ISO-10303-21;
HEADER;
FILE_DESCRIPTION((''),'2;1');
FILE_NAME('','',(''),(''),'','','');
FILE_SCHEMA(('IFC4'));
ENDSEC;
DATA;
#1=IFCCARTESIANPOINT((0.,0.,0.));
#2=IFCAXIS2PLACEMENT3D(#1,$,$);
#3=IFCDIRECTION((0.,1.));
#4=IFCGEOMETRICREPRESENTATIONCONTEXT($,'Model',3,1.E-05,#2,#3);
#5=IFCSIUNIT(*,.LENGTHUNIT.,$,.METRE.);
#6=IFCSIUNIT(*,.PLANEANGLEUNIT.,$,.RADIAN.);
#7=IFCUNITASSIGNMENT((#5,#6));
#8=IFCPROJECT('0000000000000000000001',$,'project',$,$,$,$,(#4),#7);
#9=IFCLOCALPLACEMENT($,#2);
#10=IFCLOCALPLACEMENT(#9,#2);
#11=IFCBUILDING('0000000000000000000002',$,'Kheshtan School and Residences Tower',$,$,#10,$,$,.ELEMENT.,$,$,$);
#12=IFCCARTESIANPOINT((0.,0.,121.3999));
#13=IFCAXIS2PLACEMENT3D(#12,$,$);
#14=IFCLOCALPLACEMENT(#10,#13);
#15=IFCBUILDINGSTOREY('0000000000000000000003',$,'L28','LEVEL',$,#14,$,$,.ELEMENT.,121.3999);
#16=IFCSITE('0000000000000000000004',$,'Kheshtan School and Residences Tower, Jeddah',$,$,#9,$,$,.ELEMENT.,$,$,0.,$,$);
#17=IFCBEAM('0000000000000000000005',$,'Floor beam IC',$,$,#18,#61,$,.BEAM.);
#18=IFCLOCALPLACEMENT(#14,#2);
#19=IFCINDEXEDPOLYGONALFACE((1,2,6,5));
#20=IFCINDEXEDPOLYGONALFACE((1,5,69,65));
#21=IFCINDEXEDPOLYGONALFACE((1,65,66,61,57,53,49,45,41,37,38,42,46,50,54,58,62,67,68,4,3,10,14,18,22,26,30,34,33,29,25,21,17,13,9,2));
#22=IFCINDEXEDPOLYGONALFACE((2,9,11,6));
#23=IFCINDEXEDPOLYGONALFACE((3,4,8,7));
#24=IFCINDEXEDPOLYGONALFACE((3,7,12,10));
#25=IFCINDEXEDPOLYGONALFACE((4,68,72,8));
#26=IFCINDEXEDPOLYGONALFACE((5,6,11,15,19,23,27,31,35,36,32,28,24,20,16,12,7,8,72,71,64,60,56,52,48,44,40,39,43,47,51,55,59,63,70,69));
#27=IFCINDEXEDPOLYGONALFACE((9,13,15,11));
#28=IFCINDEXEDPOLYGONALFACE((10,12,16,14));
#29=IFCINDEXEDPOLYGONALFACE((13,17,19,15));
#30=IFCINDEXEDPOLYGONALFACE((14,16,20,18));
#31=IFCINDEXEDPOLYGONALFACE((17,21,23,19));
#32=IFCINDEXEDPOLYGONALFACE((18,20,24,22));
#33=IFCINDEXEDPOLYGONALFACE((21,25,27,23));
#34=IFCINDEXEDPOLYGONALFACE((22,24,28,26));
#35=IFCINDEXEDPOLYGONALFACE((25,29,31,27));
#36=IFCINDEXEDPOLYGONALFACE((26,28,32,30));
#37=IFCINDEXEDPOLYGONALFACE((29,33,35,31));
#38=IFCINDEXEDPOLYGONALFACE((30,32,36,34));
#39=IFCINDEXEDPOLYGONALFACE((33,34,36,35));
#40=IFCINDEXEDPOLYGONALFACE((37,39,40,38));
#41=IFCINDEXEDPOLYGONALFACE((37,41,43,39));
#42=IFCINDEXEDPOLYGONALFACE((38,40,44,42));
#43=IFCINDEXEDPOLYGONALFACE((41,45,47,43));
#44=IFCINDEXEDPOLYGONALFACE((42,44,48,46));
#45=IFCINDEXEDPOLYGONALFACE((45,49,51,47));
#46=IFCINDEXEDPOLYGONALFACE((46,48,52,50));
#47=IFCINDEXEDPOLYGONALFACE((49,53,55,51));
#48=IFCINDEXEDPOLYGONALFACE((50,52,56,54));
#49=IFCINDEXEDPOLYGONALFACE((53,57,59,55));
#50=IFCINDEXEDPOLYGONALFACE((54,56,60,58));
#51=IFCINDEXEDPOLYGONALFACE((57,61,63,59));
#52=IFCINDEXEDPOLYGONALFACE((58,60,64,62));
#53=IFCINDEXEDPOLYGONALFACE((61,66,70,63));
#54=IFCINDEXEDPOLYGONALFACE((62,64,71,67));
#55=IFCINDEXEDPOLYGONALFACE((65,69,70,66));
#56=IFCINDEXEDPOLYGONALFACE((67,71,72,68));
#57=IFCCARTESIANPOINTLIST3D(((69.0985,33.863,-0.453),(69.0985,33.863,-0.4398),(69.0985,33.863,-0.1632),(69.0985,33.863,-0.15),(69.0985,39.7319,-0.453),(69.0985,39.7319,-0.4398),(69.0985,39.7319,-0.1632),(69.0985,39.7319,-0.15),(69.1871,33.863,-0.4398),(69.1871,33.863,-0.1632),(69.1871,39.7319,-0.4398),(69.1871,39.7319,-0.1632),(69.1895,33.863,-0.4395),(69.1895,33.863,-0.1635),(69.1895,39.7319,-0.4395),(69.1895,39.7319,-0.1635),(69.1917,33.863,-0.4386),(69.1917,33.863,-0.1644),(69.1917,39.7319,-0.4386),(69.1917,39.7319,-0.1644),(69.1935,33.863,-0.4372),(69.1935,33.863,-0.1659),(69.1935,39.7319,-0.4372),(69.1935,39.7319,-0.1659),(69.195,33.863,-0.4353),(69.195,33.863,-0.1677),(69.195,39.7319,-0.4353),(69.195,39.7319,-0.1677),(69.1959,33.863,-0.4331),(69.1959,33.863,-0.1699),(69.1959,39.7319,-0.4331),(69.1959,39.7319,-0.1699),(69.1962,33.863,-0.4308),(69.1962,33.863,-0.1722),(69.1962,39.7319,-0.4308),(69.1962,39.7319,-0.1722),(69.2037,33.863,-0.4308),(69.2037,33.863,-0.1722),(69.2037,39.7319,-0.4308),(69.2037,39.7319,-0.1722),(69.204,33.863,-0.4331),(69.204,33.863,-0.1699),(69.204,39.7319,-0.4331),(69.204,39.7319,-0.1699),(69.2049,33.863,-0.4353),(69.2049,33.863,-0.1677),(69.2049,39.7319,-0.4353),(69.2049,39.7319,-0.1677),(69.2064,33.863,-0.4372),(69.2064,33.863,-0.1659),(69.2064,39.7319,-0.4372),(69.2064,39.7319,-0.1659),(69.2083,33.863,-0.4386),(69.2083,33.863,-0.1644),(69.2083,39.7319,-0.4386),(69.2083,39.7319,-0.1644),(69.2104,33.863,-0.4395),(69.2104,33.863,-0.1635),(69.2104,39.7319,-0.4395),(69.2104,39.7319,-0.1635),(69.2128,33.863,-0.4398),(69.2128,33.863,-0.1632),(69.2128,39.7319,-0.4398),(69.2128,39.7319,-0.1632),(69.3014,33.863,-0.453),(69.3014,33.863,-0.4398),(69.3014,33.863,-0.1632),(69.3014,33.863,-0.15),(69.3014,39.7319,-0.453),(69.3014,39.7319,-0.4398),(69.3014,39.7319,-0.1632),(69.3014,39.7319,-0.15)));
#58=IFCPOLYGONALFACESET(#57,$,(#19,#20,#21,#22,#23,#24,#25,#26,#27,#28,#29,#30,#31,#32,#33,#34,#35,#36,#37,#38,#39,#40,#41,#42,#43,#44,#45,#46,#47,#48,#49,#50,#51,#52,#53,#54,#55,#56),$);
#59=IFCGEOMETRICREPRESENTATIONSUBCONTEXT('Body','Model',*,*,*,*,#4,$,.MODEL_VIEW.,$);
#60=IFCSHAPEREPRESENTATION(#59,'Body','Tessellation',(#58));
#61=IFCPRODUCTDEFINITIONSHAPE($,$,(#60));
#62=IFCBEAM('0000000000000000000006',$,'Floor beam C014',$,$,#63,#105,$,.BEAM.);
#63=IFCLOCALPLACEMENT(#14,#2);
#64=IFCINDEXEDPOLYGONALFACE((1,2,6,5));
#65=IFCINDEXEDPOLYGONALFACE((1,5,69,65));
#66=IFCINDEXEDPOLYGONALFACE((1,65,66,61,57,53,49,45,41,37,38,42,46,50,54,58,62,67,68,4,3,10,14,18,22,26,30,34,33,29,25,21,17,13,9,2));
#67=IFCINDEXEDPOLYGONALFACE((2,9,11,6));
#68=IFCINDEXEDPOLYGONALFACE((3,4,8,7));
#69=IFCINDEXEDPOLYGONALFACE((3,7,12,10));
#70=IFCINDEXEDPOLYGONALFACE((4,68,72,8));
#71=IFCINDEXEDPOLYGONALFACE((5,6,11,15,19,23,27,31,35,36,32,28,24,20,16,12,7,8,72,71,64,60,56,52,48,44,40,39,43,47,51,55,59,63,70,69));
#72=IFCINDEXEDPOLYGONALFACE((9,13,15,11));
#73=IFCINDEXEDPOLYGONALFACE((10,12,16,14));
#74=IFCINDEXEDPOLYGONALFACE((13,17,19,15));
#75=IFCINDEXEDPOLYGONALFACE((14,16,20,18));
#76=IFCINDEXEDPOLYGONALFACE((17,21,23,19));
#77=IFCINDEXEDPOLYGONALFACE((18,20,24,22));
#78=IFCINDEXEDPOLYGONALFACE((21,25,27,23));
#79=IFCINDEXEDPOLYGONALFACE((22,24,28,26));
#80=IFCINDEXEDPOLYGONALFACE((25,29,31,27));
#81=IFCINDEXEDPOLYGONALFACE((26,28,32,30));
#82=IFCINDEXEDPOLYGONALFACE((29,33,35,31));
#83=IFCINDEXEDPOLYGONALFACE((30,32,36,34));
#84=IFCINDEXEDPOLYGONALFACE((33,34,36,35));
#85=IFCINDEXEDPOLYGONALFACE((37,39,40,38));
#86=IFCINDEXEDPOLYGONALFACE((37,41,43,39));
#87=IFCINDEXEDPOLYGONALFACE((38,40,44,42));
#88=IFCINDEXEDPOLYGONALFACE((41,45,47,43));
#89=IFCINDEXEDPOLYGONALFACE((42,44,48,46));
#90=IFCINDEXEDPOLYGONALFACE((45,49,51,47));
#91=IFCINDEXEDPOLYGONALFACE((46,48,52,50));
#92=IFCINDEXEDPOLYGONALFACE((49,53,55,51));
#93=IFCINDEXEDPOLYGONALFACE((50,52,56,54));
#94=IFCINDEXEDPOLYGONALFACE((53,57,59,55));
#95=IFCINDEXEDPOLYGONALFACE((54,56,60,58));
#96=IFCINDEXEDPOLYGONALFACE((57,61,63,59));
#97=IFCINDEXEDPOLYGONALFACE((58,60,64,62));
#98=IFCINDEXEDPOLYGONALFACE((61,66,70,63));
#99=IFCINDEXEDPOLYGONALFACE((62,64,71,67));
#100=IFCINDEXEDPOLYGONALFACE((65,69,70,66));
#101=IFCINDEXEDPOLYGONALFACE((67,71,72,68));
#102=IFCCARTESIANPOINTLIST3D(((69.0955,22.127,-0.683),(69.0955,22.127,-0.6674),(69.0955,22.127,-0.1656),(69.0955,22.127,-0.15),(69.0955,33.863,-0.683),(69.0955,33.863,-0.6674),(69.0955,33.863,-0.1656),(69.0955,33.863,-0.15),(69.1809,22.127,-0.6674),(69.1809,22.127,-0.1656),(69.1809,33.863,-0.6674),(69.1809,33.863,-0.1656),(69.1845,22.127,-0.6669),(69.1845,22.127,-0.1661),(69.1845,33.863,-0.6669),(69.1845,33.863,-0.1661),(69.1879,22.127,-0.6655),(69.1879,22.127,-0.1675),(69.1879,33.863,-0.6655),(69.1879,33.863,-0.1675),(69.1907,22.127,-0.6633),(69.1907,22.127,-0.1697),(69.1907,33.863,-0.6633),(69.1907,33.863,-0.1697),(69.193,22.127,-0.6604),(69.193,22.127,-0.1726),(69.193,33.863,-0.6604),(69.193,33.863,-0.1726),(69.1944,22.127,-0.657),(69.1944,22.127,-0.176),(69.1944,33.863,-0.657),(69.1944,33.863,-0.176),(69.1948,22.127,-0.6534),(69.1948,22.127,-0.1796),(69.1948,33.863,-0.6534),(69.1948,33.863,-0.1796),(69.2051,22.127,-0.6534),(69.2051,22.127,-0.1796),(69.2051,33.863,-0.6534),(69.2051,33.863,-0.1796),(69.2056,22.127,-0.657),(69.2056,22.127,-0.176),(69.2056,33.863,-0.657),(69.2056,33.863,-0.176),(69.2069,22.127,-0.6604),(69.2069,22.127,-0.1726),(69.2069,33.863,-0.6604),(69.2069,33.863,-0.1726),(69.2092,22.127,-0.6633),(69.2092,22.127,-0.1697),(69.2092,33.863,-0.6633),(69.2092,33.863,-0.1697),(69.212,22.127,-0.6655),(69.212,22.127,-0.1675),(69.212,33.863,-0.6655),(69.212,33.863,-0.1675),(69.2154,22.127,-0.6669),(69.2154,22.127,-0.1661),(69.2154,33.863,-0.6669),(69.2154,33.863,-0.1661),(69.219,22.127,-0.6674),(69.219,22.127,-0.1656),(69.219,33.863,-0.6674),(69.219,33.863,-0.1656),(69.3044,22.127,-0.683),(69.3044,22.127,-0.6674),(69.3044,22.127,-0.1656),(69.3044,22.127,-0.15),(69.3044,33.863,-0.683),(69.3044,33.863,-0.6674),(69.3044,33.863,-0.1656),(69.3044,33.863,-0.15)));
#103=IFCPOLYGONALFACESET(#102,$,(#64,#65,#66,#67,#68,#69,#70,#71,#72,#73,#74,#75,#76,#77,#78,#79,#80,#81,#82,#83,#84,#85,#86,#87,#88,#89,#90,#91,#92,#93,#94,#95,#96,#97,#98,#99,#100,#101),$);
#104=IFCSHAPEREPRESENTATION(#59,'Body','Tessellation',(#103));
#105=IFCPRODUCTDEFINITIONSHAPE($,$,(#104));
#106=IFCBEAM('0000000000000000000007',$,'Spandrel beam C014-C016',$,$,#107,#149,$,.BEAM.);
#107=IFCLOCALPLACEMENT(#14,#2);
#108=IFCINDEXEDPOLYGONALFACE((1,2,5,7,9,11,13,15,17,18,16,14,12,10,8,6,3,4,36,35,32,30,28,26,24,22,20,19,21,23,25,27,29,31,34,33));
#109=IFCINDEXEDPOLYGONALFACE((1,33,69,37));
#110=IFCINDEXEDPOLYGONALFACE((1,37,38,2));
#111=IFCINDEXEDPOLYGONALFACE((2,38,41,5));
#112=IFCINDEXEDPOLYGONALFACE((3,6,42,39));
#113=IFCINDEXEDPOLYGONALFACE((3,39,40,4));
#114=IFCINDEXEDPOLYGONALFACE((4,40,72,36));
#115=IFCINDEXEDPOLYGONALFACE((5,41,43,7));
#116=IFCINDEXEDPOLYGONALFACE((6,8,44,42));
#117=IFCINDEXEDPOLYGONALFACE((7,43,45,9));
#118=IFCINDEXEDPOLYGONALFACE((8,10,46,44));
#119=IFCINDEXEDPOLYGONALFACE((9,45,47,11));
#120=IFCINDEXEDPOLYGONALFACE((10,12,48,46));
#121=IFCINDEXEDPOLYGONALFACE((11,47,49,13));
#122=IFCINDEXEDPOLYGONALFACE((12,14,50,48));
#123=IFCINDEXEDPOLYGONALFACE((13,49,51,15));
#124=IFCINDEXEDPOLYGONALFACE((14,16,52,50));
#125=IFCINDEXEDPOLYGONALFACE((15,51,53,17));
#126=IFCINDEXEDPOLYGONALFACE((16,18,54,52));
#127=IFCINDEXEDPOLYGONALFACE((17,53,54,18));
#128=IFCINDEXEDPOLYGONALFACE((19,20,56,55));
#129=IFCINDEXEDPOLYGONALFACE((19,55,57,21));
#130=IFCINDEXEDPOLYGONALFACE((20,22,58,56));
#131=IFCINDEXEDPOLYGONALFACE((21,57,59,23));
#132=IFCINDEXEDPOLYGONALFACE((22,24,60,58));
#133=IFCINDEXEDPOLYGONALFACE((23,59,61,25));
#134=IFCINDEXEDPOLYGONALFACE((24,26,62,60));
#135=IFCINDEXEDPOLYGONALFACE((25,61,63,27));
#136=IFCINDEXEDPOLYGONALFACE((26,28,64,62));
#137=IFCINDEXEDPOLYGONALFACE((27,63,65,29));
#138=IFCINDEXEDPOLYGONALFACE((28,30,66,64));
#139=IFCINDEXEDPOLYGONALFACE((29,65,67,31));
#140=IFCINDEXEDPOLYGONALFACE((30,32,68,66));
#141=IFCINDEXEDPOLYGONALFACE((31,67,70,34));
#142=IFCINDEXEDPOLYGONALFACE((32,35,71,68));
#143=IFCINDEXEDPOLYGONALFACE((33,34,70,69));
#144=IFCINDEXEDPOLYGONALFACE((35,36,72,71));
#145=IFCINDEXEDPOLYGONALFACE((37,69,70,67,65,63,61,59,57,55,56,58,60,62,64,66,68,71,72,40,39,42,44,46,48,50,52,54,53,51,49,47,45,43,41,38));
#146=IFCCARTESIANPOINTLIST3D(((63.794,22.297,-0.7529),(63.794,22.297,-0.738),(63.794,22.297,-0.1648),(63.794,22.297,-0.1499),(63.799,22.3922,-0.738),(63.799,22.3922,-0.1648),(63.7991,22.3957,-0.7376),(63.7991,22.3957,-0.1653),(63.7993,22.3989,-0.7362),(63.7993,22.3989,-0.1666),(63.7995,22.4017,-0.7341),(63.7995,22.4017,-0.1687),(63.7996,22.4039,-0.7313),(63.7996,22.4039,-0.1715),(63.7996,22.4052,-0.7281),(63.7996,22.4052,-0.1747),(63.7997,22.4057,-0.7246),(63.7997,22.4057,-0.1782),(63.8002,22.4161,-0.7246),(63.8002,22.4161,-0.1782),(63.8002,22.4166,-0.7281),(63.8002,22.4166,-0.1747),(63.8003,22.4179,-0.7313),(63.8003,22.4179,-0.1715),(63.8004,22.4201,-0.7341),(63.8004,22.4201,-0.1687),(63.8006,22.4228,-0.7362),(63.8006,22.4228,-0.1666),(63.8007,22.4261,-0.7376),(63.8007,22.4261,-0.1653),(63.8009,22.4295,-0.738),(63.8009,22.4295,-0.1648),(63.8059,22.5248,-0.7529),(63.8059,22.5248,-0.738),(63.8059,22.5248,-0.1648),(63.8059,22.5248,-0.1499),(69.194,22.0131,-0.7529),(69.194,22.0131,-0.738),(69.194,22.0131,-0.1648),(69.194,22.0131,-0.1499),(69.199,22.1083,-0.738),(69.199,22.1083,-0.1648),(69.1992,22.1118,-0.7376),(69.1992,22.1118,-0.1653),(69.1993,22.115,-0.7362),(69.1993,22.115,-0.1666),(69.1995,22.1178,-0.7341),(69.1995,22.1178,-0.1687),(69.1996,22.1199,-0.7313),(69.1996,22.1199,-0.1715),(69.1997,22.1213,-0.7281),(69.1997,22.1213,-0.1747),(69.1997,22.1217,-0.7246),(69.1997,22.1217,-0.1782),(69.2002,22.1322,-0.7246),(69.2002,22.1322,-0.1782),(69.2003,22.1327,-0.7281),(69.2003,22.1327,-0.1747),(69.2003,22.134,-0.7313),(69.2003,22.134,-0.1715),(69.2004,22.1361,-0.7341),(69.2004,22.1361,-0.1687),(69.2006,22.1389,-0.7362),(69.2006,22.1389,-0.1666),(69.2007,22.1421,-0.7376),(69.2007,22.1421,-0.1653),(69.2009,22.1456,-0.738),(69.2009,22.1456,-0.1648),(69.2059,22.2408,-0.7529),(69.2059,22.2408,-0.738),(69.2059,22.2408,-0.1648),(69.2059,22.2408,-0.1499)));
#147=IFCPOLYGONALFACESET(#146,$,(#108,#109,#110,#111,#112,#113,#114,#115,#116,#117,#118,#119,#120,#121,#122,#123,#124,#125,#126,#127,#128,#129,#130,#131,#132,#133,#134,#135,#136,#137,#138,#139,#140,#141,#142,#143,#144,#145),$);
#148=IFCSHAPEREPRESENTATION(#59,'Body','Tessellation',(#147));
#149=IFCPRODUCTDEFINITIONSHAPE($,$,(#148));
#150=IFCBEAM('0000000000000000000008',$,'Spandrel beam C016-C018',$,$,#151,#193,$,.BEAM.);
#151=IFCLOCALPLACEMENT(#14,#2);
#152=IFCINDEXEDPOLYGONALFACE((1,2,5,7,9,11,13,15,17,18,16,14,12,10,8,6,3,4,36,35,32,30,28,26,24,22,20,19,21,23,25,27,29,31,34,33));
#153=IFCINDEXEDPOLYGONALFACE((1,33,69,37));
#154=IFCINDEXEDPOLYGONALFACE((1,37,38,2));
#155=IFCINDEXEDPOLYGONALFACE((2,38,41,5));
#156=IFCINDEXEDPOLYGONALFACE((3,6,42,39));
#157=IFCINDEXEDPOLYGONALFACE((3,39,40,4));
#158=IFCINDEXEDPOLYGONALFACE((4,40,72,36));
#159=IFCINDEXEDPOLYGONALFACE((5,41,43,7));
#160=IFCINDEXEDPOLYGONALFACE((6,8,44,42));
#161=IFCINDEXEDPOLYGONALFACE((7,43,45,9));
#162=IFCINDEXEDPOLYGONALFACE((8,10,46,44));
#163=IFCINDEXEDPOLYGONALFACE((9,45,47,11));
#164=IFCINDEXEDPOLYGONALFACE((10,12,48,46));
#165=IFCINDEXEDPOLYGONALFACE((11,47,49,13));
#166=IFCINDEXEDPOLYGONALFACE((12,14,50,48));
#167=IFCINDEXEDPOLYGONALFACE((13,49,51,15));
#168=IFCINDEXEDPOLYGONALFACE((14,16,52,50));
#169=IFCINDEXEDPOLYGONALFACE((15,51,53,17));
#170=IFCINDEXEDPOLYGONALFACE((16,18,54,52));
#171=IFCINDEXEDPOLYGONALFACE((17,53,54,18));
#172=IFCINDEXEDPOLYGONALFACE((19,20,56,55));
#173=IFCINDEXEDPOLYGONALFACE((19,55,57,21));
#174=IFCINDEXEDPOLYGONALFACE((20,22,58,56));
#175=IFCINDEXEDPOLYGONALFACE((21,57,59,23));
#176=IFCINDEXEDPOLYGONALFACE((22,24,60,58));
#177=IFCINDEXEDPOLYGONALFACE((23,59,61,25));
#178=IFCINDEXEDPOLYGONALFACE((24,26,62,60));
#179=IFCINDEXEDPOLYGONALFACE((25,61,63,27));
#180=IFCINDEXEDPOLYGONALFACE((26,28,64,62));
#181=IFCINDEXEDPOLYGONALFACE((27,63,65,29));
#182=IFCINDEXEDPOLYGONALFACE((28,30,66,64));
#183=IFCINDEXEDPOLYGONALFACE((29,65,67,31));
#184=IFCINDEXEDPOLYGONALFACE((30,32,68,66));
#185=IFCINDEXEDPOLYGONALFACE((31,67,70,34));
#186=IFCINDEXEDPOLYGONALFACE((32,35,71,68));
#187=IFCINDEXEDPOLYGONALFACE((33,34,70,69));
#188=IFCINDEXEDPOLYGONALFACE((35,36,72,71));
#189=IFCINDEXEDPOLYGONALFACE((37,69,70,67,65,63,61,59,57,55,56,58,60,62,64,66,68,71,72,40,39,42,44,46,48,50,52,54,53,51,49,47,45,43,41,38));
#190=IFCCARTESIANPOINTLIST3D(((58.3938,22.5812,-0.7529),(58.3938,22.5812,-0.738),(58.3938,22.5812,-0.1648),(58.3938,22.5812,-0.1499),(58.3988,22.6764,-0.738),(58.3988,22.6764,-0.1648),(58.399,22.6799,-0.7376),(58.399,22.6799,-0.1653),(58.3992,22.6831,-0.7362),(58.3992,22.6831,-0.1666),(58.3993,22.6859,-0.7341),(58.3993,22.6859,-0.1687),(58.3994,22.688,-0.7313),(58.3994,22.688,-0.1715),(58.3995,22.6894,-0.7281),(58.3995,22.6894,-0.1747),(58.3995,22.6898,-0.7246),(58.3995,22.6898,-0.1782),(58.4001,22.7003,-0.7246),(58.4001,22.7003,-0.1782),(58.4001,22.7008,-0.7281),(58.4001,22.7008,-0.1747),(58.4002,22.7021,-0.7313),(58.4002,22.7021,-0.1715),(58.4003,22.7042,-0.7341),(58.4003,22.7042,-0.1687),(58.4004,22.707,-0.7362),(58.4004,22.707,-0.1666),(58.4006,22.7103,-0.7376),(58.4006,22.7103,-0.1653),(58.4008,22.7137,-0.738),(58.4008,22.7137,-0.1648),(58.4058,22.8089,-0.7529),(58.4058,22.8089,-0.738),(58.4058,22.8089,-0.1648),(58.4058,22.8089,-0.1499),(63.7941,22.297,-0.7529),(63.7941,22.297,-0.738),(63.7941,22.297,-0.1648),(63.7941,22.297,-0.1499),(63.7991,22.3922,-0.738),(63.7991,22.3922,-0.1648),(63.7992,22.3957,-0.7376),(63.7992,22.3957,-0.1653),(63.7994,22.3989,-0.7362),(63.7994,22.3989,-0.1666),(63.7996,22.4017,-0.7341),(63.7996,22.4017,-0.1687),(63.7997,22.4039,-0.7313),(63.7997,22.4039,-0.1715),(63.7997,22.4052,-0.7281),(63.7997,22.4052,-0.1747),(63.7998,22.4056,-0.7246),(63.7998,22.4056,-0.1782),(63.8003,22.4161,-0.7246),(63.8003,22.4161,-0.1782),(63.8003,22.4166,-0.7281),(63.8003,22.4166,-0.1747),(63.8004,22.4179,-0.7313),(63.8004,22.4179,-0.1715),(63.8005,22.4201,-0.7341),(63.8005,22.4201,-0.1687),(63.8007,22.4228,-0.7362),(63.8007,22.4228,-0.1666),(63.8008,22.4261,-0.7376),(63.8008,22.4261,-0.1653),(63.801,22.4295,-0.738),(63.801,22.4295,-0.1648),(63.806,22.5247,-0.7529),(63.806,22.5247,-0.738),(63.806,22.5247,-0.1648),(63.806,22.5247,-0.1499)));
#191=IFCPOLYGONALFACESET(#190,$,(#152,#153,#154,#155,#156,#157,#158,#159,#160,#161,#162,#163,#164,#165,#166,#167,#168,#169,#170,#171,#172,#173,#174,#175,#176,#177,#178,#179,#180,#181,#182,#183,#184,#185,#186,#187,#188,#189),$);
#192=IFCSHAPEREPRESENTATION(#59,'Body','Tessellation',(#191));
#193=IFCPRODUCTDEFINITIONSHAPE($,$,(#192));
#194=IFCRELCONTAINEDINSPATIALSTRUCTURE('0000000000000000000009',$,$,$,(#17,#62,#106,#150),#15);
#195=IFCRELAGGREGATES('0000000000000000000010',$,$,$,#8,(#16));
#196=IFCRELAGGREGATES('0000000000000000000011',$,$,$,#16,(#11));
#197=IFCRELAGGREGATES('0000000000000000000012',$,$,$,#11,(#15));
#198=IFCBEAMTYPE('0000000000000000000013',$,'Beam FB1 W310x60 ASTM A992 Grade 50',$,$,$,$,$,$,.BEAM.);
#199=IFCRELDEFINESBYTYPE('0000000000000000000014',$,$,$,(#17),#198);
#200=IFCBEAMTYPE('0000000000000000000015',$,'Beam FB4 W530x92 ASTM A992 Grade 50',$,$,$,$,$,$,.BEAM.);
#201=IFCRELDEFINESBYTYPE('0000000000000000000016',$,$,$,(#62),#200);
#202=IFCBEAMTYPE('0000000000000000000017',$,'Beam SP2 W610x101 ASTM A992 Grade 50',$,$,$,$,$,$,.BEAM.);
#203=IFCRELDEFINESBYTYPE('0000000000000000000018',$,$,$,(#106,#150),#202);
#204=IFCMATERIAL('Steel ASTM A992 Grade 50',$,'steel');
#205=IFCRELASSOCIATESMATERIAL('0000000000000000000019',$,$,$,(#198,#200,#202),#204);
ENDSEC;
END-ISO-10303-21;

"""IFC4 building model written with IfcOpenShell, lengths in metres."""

from ifc_helpers import new_model, si_unit, direction, frame, origin, origin_2d, place, context, subcontext, project, spatial, i_section, extrude, material, material_profile, profile_set, type_object, element, save


model = new_model("IFC4")

# Units and contexts
model_context = context("Model", 3, precision=1e-05, world=origin(), true_north=direction((0.0, 1.0)))
body_context = subcontext(model_context, "Body", "Model", "MODEL_VIEW")
ifc_project = project(units=[si_unit("LENGTHUNIT", "METRE"), si_unit("PLANEANGLEUNIT", "RADIAN")], contexts=[model_context])

# Site, building, storey
site_placement = place(None, origin())
site = spatial("IfcSite", under=ifc_project, at=site_placement, Name="Kheshtan School and Residences Tower, Jeddah", CompositionType="ELEMENT", RefElevation=0.0)
building_placement = place(site_placement, origin())
building = spatial("IfcBuilding", under=site, at=building_placement, Name="Kheshtan School and Residences Tower", CompositionType="ELEMENT")
storey_placement = place(building_placement, frame((0.0, 0.0, 121.3999)))
storey = spatial("IfcBuildingStorey", under=building, at=storey_placement, Name="L28", Description="LEVEL", CompositionType="ELEMENT", Elevation=121.3999)

# Shared definitions
ifc_material_1 = material(Name="Steel ASTM A992 Grade 50", Category="steel")

# Beams
ifc_material_profile_1 = material_profile(ifc_material_1, i_section(OverallWidth=0.2029, OverallDepth=0.303, WebThickness=0.0076, FlangeThickness=0.0132, FilletRadius=0.009, at=origin_2d()), Name="W310x60")
ifc_profile_set_1 = profile_set([ifc_material_profile_1], Name="Steel ASTM A992 Grade 50")
beam_type_1 = type_object("IfcBeamType", Name="Beam FB1 W310x60 ASTM A992 Grade 50", PredefinedType="BEAM", material=ifc_profile_set_1)
beam_1_placement = place(storey_placement, frame((69.2, 33.863, -0.3015), z_axis=(0.0, 1.0, 0.0), x_axis=(-1.0, 0.0, 0.0)))
element("IfcBeam", 1, at=beam_1_placement, inside=storey, type_object=beam_type_1, Name="Floor beam IC", PredefinedType="BEAM", context=body_context, shape_type="SweptSolid", body=[
    extrude(i_section(OverallWidth=0.2029, OverallDepth=0.303, WebThickness=0.0076, FlangeThickness=0.0132, FilletRadius=0.009, at=origin_2d()), origin(), (0.0, 0.0, 1.0), 5.8689),
])
ifc_material_profile_2 = material_profile(ifc_material_1, i_section(OverallWidth=0.209, OverallDepth=0.533, WebThickness=0.0103, FlangeThickness=0.0156, FilletRadius=0.0139, at=origin_2d()), Name="W530x92")
ifc_profile_set_2 = profile_set([ifc_material_profile_2], Name="Steel ASTM A992 Grade 50")
beam_type_2 = type_object("IfcBeamType", Name="Beam FB4 W530x92 ASTM A992 Grade 50", PredefinedType="BEAM", material=ifc_profile_set_2)
beam_2_placement = place(storey_placement, frame((69.2, 22.127, -0.4165), z_axis=(0.0, 1.0, 0.0), x_axis=(-1.0, 0.0, 0.0)))
element("IfcBeam", 2, at=beam_2_placement, inside=storey, type_object=beam_type_2, Name="Floor beam C014", PredefinedType="BEAM", context=body_context, shape_type="SweptSolid", body=[
    extrude(i_section(OverallWidth=0.209, OverallDepth=0.533, WebThickness=0.0103, FlangeThickness=0.0156, FilletRadius=0.0139, at=origin_2d()), origin(), (0.0, 0.0, 1.0), 11.7361),
])
ifc_material_profile_3 = material_profile(ifc_material_1, i_section(OverallWidth=0.228, OverallDepth=0.603, WebThickness=0.0105, FlangeThickness=0.0149, FilletRadius=0.0134, at=origin_2d()), Name="W610x101")
ifc_profile_set_3 = profile_set([ifc_material_profile_3], Name="Steel ASTM A992 Grade 50")
beam_type_3 = type_object("IfcBeamType", Name="Beam SP2 W610x101 ASTM A992 Grade 50", PredefinedType="BEAM", material=ifc_profile_set_3)
beam_3_placement = place(storey_placement, frame((69.2, 22.127, -0.4514), z_axis=(-0.99862, 0.052509, 0.0), x_axis=(-0.052509, -0.99862, 0.0)))
element("IfcBeam", 3, at=beam_3_placement, inside=storey, type_object=beam_type_3, Name="Spandrel beam C014-C016", PredefinedType="BEAM", context=body_context, shape_type="SweptSolid", body=[
    extrude(i_section(OverallWidth=0.228, OverallDepth=0.603, WebThickness=0.0105, FlangeThickness=0.0149, FilletRadius=0.0134, at=origin_2d()), origin(), (0.0, 0.0, 1.0), 5.4075),
])
beam_4_placement = place(storey_placement, frame((63.8, 22.4109, -0.4514), z_axis=(-0.998618, 0.052552, 0.0), x_axis=(-0.052552, -0.998618, 0.0)))
element("IfcBeam", 4, at=beam_4_placement, inside=storey, type_object=beam_type_3, Name="Spandrel beam C016-C018", PredefinedType="BEAM", context=body_context, shape_type="SweptSolid", body=[
    extrude(i_section(OverallWidth=0.228, OverallDepth=0.603, WebThickness=0.0105, FlangeThickness=0.0149, FilletRadius=0.0134, at=origin_2d()), origin(), (0.0, 0.0, 1.0), 5.4077),
])

save(model, "model.ifc")
